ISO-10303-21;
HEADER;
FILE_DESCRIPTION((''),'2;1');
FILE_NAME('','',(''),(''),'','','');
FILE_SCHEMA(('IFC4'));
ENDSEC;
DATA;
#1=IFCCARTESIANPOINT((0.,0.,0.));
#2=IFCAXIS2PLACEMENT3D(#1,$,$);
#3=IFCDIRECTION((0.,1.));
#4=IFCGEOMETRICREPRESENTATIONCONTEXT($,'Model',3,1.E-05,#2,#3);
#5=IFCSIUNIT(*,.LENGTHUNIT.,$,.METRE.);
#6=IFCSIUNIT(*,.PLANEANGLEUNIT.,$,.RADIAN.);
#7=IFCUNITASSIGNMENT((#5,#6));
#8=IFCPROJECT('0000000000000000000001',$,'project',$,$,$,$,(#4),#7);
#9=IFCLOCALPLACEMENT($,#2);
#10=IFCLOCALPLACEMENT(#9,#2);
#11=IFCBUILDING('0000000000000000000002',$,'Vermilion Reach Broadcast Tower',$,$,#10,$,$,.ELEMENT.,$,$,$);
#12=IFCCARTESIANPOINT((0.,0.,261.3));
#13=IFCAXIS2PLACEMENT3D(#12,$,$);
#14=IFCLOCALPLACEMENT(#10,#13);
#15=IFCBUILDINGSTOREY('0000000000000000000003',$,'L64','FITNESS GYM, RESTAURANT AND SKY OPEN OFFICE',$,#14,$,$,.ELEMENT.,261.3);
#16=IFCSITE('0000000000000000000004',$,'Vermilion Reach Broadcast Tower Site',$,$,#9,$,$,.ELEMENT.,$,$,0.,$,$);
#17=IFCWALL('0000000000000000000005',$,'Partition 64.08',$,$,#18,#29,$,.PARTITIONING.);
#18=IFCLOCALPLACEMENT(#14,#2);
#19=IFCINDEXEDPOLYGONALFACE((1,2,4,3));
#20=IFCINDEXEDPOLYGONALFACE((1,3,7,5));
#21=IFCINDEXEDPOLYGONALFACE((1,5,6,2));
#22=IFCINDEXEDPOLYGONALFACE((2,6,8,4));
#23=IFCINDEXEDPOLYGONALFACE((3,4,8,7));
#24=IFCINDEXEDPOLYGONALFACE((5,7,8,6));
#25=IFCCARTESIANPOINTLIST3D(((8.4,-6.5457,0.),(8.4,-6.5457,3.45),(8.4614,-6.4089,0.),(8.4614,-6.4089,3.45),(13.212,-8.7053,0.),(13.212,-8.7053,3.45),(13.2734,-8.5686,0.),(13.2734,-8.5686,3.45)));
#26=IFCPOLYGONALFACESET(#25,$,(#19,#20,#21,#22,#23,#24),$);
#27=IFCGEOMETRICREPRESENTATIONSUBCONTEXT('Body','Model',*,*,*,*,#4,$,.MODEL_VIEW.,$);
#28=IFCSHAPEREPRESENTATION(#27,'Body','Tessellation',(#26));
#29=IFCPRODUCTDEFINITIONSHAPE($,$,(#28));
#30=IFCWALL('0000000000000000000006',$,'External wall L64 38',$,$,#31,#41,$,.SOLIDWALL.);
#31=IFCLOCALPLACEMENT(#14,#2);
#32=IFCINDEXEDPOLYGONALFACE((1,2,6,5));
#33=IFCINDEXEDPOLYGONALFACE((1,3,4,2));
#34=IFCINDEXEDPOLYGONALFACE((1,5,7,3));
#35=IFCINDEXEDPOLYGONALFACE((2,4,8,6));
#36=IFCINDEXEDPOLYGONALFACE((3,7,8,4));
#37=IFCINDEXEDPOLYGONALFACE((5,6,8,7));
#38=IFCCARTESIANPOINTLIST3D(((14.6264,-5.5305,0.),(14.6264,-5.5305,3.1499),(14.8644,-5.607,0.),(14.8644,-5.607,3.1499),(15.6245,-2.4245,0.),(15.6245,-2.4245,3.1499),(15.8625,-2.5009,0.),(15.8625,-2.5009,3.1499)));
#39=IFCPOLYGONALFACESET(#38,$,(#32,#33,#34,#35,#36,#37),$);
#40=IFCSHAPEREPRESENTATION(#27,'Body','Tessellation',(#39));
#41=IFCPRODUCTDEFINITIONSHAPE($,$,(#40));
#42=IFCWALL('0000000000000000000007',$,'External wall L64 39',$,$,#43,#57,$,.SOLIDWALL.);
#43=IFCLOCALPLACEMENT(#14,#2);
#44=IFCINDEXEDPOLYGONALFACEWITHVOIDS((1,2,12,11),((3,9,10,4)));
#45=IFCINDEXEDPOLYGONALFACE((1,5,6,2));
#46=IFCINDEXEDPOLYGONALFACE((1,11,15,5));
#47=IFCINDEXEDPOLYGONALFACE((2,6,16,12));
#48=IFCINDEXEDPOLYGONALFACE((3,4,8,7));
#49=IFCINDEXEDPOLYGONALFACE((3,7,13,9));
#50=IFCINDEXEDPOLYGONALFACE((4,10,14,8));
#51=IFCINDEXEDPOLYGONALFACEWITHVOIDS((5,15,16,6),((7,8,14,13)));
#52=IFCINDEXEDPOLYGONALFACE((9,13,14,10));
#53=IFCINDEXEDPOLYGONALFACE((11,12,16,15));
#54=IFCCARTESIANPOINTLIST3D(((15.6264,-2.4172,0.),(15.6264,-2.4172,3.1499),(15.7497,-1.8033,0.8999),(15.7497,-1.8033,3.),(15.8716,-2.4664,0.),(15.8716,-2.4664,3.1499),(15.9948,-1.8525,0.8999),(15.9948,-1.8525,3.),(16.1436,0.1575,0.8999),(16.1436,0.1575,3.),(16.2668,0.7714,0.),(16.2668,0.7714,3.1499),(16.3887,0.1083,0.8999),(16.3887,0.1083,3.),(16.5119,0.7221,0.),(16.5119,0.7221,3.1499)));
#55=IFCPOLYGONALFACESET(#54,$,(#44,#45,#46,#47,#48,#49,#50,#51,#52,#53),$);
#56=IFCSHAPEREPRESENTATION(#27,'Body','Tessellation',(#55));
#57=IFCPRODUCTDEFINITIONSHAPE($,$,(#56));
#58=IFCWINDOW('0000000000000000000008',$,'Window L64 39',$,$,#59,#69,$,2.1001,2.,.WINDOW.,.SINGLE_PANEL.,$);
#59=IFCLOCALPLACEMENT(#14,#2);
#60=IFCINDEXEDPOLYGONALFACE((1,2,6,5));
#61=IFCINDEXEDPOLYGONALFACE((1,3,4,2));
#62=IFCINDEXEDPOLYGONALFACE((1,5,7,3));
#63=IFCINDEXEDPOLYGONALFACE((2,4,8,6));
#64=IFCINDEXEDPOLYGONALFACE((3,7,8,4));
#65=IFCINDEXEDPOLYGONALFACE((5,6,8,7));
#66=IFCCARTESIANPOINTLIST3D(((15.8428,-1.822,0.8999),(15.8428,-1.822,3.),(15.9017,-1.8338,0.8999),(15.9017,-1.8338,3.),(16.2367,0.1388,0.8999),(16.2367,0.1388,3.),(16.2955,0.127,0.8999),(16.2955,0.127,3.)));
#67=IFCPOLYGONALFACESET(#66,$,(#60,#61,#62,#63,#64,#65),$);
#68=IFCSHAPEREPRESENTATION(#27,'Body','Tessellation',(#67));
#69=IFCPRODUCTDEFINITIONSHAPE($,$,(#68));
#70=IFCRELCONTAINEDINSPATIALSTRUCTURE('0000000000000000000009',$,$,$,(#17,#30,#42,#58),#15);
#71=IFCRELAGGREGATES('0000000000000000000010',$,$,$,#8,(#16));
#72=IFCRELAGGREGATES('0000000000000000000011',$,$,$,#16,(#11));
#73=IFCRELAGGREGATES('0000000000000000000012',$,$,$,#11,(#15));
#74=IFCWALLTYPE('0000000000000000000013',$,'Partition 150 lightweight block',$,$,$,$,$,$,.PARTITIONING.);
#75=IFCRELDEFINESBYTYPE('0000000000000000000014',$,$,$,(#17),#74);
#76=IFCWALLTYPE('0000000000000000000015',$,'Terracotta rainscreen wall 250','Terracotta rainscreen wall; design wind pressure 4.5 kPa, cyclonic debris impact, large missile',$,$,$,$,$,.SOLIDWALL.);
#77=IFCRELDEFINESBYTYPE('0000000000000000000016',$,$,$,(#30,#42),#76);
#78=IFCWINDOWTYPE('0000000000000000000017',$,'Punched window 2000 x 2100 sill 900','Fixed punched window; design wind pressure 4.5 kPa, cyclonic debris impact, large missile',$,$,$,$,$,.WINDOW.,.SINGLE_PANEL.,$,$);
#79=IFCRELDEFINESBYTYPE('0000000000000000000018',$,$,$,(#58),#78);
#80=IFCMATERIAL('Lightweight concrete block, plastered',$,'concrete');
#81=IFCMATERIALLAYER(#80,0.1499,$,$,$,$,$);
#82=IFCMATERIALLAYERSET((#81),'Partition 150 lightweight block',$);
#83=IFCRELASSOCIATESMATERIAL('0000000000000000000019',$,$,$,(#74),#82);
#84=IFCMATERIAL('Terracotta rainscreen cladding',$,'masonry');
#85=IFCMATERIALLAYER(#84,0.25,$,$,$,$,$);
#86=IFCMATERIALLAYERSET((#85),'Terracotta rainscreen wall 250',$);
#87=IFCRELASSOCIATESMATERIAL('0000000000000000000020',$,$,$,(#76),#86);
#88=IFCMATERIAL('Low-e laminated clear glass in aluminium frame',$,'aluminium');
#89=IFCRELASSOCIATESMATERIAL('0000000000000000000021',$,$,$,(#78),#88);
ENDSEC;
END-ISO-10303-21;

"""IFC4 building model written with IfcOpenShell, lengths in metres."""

from ifc_helpers import new_model, si_unit, direction, frame, frame_2d, origin, place, context, subcontext, project, spatial, rectangle, extrude, material, layer, layer_set, type_object, element, fill, save


model = new_model("IFC4")

# Units and contexts
model_context = context("Model", 3, precision=1e-05, world=origin(), true_north=direction((0.0, 1.0)))
body_context = subcontext(model_context, "Body", "Model", "MODEL_VIEW")
ifc_project = project(units=[si_unit("LENGTHUNIT", "METRE"), si_unit("PLANEANGLEUNIT", "RADIAN")], contexts=[model_context])

# Site, building, storey
site_placement = place(None, origin())
site = spatial("IfcSite", under=ifc_project, at=site_placement, Name="Vermilion Reach Broadcast Tower Site", CompositionType="ELEMENT", RefElevation=0.0)
building_placement = place(site_placement, origin())
building = spatial("IfcBuilding", under=site, at=building_placement, Name="Vermilion Reach Broadcast Tower", CompositionType="ELEMENT")
storey_placement = place(building_placement, frame((0.0, 0.0, 261.3)))
storey = spatial("IfcBuildingStorey", under=building, at=storey_placement, Name="L64", Description="FITNESS GYM, RESTAURANT AND SKY OPEN OFFICE", CompositionType="ELEMENT", Elevation=261.3)

# Walls
ifc_material_1 = material(Name="Lightweight concrete block, plastered", Category="concrete")
ifc_layer_1 = layer(ifc_material_1, 0.1499)
ifc_layer_set_1 = layer_set([ifc_layer_1], Name="Partition 150 lightweight block")
wall_type_1 = type_object("IfcWallType", Name="Partition 150 lightweight block", PredefinedType="PARTITIONING", material=ifc_layer_set_1)
wall_1_placement = place(storey_placement, frame((13.2427, -8.637, 0.0), z_axis=(0.0, 0.0, 1.0), x_axis=(-0.912328, 0.40946, 0.0)))
element("IfcWall", 1, at=wall_1_placement, inside=storey, type_object=wall_type_1, Name="Partition 64.08", PredefinedType="PARTITIONING", context=body_context, shape_type="SweptSolid", body=[
    extrude(rectangle(XDim=5.2744, YDim=0.1499, at=frame_2d((2.6372, 0.0))), origin(), (0.0, 0.0, 1.0), 3.45),
])
ifc_material_2 = material(Name="Terracotta rainscreen cladding", Category="masonry")
ifc_layer_2 = layer(ifc_material_2, 0.25)
ifc_layer_set_2 = layer_set([ifc_layer_2], Name="Terracotta rainscreen wall 250")
wall_type_2 = type_object("IfcWallType", Name="Terracotta rainscreen wall 250", Description="Terracotta rainscreen wall; design wind pressure 4.5 kPa, cyclonic debris impact, large missile", PredefinedType="SOLIDWALL", material=ifc_layer_set_2)
wall_2_placement = place(storey_placement, frame((14.7454, -5.5688, 0.0), z_axis=(0.0, 0.0, 1.0), x_axis=(0.305927, 0.952055, 0.0)))
element("IfcWall", 2, at=wall_2_placement, inside=storey, type_object=wall_type_2, Name="External wall L64 38", PredefinedType="SOLIDWALL", context=body_context, shape_type="SweptSolid", body=[
    extrude(rectangle(XDim=3.2625, YDim=0.25, at=frame_2d((1.6313, 0.0))), origin(), (0.0, 0.0, 1.0), 3.1499),
])

# Wall, opening, window
wall_3_placement = place(storey_placement, frame((15.749, -2.4417, 0.0), z_axis=(0.0, 0.0, 1.0), x_axis=(0.19691, 0.980422, 0.0)))
wall_3 = element("IfcWall", 3, at=wall_3_placement, inside=storey, type_object=wall_type_2, Name="External wall L64 39", PredefinedType="SOLIDWALL", context=body_context, shape_type="SweptSolid", body=[
    extrude(rectangle(XDim=3.2522, YDim=0.25, at=frame_2d((1.626, 0.0))), origin(), (0.0, 0.0, 1.0), 3.1499),
])
opening_1_placement = place(wall_3_placement, frame((0.626, 0.0, 0.8999)))
opening_1 = element("IfcOpeningElement", 4, at=opening_1_placement, cuts=wall_3, PredefinedType="OPENING", context=body_context, shape_type="SweptSolid", body=[
    extrude(rectangle(XDim=2.0, YDim=2.1001, at=frame_2d((1.0, 1.05))), frame((0.0, 0.135, 0.0), z_axis=(0.0, -1.0, 0.0), x_axis=(1.0, 0.0, 0.0)), (0.0, 0.0, 1.0), 0.27),
])
ifc_material_3 = material(Name="Low-e laminated clear glass in aluminium frame", Category="aluminium")
window_type = type_object("IfcWindowType", Name="Punched window 2000 x 2100 sill 900", Description="Fixed punched window; design wind pressure 4.5 kPa, cyclonic debris impact, large missile", PartitioningType="SINGLE_PANEL", PredefinedType="WINDOW", material=ifc_material_3)
window_placement = place(opening_1_placement, origin())
window = element("IfcWindow", 5, at=window_placement, inside=storey, type_object=window_type, Name="Window L64 39", OverallHeight=2.1001, OverallWidth=2.0, PartitioningType="SINGLE_PANEL", PredefinedType="WINDOW", context=body_context, shape_type="SweptSolid", body=[
    extrude(rectangle(XDim=2.0, YDim=2.1001, at=frame_2d((1.0, 1.05))), frame((0.0, 0.03, 0.0), z_axis=(0.0, -1.0, 0.0), x_axis=(1.0, 0.0, 0.0)), (0.0, 0.0, 1.0), 0.0601),
])
fill(opening_1, window)

save(model, "model.ifc")
